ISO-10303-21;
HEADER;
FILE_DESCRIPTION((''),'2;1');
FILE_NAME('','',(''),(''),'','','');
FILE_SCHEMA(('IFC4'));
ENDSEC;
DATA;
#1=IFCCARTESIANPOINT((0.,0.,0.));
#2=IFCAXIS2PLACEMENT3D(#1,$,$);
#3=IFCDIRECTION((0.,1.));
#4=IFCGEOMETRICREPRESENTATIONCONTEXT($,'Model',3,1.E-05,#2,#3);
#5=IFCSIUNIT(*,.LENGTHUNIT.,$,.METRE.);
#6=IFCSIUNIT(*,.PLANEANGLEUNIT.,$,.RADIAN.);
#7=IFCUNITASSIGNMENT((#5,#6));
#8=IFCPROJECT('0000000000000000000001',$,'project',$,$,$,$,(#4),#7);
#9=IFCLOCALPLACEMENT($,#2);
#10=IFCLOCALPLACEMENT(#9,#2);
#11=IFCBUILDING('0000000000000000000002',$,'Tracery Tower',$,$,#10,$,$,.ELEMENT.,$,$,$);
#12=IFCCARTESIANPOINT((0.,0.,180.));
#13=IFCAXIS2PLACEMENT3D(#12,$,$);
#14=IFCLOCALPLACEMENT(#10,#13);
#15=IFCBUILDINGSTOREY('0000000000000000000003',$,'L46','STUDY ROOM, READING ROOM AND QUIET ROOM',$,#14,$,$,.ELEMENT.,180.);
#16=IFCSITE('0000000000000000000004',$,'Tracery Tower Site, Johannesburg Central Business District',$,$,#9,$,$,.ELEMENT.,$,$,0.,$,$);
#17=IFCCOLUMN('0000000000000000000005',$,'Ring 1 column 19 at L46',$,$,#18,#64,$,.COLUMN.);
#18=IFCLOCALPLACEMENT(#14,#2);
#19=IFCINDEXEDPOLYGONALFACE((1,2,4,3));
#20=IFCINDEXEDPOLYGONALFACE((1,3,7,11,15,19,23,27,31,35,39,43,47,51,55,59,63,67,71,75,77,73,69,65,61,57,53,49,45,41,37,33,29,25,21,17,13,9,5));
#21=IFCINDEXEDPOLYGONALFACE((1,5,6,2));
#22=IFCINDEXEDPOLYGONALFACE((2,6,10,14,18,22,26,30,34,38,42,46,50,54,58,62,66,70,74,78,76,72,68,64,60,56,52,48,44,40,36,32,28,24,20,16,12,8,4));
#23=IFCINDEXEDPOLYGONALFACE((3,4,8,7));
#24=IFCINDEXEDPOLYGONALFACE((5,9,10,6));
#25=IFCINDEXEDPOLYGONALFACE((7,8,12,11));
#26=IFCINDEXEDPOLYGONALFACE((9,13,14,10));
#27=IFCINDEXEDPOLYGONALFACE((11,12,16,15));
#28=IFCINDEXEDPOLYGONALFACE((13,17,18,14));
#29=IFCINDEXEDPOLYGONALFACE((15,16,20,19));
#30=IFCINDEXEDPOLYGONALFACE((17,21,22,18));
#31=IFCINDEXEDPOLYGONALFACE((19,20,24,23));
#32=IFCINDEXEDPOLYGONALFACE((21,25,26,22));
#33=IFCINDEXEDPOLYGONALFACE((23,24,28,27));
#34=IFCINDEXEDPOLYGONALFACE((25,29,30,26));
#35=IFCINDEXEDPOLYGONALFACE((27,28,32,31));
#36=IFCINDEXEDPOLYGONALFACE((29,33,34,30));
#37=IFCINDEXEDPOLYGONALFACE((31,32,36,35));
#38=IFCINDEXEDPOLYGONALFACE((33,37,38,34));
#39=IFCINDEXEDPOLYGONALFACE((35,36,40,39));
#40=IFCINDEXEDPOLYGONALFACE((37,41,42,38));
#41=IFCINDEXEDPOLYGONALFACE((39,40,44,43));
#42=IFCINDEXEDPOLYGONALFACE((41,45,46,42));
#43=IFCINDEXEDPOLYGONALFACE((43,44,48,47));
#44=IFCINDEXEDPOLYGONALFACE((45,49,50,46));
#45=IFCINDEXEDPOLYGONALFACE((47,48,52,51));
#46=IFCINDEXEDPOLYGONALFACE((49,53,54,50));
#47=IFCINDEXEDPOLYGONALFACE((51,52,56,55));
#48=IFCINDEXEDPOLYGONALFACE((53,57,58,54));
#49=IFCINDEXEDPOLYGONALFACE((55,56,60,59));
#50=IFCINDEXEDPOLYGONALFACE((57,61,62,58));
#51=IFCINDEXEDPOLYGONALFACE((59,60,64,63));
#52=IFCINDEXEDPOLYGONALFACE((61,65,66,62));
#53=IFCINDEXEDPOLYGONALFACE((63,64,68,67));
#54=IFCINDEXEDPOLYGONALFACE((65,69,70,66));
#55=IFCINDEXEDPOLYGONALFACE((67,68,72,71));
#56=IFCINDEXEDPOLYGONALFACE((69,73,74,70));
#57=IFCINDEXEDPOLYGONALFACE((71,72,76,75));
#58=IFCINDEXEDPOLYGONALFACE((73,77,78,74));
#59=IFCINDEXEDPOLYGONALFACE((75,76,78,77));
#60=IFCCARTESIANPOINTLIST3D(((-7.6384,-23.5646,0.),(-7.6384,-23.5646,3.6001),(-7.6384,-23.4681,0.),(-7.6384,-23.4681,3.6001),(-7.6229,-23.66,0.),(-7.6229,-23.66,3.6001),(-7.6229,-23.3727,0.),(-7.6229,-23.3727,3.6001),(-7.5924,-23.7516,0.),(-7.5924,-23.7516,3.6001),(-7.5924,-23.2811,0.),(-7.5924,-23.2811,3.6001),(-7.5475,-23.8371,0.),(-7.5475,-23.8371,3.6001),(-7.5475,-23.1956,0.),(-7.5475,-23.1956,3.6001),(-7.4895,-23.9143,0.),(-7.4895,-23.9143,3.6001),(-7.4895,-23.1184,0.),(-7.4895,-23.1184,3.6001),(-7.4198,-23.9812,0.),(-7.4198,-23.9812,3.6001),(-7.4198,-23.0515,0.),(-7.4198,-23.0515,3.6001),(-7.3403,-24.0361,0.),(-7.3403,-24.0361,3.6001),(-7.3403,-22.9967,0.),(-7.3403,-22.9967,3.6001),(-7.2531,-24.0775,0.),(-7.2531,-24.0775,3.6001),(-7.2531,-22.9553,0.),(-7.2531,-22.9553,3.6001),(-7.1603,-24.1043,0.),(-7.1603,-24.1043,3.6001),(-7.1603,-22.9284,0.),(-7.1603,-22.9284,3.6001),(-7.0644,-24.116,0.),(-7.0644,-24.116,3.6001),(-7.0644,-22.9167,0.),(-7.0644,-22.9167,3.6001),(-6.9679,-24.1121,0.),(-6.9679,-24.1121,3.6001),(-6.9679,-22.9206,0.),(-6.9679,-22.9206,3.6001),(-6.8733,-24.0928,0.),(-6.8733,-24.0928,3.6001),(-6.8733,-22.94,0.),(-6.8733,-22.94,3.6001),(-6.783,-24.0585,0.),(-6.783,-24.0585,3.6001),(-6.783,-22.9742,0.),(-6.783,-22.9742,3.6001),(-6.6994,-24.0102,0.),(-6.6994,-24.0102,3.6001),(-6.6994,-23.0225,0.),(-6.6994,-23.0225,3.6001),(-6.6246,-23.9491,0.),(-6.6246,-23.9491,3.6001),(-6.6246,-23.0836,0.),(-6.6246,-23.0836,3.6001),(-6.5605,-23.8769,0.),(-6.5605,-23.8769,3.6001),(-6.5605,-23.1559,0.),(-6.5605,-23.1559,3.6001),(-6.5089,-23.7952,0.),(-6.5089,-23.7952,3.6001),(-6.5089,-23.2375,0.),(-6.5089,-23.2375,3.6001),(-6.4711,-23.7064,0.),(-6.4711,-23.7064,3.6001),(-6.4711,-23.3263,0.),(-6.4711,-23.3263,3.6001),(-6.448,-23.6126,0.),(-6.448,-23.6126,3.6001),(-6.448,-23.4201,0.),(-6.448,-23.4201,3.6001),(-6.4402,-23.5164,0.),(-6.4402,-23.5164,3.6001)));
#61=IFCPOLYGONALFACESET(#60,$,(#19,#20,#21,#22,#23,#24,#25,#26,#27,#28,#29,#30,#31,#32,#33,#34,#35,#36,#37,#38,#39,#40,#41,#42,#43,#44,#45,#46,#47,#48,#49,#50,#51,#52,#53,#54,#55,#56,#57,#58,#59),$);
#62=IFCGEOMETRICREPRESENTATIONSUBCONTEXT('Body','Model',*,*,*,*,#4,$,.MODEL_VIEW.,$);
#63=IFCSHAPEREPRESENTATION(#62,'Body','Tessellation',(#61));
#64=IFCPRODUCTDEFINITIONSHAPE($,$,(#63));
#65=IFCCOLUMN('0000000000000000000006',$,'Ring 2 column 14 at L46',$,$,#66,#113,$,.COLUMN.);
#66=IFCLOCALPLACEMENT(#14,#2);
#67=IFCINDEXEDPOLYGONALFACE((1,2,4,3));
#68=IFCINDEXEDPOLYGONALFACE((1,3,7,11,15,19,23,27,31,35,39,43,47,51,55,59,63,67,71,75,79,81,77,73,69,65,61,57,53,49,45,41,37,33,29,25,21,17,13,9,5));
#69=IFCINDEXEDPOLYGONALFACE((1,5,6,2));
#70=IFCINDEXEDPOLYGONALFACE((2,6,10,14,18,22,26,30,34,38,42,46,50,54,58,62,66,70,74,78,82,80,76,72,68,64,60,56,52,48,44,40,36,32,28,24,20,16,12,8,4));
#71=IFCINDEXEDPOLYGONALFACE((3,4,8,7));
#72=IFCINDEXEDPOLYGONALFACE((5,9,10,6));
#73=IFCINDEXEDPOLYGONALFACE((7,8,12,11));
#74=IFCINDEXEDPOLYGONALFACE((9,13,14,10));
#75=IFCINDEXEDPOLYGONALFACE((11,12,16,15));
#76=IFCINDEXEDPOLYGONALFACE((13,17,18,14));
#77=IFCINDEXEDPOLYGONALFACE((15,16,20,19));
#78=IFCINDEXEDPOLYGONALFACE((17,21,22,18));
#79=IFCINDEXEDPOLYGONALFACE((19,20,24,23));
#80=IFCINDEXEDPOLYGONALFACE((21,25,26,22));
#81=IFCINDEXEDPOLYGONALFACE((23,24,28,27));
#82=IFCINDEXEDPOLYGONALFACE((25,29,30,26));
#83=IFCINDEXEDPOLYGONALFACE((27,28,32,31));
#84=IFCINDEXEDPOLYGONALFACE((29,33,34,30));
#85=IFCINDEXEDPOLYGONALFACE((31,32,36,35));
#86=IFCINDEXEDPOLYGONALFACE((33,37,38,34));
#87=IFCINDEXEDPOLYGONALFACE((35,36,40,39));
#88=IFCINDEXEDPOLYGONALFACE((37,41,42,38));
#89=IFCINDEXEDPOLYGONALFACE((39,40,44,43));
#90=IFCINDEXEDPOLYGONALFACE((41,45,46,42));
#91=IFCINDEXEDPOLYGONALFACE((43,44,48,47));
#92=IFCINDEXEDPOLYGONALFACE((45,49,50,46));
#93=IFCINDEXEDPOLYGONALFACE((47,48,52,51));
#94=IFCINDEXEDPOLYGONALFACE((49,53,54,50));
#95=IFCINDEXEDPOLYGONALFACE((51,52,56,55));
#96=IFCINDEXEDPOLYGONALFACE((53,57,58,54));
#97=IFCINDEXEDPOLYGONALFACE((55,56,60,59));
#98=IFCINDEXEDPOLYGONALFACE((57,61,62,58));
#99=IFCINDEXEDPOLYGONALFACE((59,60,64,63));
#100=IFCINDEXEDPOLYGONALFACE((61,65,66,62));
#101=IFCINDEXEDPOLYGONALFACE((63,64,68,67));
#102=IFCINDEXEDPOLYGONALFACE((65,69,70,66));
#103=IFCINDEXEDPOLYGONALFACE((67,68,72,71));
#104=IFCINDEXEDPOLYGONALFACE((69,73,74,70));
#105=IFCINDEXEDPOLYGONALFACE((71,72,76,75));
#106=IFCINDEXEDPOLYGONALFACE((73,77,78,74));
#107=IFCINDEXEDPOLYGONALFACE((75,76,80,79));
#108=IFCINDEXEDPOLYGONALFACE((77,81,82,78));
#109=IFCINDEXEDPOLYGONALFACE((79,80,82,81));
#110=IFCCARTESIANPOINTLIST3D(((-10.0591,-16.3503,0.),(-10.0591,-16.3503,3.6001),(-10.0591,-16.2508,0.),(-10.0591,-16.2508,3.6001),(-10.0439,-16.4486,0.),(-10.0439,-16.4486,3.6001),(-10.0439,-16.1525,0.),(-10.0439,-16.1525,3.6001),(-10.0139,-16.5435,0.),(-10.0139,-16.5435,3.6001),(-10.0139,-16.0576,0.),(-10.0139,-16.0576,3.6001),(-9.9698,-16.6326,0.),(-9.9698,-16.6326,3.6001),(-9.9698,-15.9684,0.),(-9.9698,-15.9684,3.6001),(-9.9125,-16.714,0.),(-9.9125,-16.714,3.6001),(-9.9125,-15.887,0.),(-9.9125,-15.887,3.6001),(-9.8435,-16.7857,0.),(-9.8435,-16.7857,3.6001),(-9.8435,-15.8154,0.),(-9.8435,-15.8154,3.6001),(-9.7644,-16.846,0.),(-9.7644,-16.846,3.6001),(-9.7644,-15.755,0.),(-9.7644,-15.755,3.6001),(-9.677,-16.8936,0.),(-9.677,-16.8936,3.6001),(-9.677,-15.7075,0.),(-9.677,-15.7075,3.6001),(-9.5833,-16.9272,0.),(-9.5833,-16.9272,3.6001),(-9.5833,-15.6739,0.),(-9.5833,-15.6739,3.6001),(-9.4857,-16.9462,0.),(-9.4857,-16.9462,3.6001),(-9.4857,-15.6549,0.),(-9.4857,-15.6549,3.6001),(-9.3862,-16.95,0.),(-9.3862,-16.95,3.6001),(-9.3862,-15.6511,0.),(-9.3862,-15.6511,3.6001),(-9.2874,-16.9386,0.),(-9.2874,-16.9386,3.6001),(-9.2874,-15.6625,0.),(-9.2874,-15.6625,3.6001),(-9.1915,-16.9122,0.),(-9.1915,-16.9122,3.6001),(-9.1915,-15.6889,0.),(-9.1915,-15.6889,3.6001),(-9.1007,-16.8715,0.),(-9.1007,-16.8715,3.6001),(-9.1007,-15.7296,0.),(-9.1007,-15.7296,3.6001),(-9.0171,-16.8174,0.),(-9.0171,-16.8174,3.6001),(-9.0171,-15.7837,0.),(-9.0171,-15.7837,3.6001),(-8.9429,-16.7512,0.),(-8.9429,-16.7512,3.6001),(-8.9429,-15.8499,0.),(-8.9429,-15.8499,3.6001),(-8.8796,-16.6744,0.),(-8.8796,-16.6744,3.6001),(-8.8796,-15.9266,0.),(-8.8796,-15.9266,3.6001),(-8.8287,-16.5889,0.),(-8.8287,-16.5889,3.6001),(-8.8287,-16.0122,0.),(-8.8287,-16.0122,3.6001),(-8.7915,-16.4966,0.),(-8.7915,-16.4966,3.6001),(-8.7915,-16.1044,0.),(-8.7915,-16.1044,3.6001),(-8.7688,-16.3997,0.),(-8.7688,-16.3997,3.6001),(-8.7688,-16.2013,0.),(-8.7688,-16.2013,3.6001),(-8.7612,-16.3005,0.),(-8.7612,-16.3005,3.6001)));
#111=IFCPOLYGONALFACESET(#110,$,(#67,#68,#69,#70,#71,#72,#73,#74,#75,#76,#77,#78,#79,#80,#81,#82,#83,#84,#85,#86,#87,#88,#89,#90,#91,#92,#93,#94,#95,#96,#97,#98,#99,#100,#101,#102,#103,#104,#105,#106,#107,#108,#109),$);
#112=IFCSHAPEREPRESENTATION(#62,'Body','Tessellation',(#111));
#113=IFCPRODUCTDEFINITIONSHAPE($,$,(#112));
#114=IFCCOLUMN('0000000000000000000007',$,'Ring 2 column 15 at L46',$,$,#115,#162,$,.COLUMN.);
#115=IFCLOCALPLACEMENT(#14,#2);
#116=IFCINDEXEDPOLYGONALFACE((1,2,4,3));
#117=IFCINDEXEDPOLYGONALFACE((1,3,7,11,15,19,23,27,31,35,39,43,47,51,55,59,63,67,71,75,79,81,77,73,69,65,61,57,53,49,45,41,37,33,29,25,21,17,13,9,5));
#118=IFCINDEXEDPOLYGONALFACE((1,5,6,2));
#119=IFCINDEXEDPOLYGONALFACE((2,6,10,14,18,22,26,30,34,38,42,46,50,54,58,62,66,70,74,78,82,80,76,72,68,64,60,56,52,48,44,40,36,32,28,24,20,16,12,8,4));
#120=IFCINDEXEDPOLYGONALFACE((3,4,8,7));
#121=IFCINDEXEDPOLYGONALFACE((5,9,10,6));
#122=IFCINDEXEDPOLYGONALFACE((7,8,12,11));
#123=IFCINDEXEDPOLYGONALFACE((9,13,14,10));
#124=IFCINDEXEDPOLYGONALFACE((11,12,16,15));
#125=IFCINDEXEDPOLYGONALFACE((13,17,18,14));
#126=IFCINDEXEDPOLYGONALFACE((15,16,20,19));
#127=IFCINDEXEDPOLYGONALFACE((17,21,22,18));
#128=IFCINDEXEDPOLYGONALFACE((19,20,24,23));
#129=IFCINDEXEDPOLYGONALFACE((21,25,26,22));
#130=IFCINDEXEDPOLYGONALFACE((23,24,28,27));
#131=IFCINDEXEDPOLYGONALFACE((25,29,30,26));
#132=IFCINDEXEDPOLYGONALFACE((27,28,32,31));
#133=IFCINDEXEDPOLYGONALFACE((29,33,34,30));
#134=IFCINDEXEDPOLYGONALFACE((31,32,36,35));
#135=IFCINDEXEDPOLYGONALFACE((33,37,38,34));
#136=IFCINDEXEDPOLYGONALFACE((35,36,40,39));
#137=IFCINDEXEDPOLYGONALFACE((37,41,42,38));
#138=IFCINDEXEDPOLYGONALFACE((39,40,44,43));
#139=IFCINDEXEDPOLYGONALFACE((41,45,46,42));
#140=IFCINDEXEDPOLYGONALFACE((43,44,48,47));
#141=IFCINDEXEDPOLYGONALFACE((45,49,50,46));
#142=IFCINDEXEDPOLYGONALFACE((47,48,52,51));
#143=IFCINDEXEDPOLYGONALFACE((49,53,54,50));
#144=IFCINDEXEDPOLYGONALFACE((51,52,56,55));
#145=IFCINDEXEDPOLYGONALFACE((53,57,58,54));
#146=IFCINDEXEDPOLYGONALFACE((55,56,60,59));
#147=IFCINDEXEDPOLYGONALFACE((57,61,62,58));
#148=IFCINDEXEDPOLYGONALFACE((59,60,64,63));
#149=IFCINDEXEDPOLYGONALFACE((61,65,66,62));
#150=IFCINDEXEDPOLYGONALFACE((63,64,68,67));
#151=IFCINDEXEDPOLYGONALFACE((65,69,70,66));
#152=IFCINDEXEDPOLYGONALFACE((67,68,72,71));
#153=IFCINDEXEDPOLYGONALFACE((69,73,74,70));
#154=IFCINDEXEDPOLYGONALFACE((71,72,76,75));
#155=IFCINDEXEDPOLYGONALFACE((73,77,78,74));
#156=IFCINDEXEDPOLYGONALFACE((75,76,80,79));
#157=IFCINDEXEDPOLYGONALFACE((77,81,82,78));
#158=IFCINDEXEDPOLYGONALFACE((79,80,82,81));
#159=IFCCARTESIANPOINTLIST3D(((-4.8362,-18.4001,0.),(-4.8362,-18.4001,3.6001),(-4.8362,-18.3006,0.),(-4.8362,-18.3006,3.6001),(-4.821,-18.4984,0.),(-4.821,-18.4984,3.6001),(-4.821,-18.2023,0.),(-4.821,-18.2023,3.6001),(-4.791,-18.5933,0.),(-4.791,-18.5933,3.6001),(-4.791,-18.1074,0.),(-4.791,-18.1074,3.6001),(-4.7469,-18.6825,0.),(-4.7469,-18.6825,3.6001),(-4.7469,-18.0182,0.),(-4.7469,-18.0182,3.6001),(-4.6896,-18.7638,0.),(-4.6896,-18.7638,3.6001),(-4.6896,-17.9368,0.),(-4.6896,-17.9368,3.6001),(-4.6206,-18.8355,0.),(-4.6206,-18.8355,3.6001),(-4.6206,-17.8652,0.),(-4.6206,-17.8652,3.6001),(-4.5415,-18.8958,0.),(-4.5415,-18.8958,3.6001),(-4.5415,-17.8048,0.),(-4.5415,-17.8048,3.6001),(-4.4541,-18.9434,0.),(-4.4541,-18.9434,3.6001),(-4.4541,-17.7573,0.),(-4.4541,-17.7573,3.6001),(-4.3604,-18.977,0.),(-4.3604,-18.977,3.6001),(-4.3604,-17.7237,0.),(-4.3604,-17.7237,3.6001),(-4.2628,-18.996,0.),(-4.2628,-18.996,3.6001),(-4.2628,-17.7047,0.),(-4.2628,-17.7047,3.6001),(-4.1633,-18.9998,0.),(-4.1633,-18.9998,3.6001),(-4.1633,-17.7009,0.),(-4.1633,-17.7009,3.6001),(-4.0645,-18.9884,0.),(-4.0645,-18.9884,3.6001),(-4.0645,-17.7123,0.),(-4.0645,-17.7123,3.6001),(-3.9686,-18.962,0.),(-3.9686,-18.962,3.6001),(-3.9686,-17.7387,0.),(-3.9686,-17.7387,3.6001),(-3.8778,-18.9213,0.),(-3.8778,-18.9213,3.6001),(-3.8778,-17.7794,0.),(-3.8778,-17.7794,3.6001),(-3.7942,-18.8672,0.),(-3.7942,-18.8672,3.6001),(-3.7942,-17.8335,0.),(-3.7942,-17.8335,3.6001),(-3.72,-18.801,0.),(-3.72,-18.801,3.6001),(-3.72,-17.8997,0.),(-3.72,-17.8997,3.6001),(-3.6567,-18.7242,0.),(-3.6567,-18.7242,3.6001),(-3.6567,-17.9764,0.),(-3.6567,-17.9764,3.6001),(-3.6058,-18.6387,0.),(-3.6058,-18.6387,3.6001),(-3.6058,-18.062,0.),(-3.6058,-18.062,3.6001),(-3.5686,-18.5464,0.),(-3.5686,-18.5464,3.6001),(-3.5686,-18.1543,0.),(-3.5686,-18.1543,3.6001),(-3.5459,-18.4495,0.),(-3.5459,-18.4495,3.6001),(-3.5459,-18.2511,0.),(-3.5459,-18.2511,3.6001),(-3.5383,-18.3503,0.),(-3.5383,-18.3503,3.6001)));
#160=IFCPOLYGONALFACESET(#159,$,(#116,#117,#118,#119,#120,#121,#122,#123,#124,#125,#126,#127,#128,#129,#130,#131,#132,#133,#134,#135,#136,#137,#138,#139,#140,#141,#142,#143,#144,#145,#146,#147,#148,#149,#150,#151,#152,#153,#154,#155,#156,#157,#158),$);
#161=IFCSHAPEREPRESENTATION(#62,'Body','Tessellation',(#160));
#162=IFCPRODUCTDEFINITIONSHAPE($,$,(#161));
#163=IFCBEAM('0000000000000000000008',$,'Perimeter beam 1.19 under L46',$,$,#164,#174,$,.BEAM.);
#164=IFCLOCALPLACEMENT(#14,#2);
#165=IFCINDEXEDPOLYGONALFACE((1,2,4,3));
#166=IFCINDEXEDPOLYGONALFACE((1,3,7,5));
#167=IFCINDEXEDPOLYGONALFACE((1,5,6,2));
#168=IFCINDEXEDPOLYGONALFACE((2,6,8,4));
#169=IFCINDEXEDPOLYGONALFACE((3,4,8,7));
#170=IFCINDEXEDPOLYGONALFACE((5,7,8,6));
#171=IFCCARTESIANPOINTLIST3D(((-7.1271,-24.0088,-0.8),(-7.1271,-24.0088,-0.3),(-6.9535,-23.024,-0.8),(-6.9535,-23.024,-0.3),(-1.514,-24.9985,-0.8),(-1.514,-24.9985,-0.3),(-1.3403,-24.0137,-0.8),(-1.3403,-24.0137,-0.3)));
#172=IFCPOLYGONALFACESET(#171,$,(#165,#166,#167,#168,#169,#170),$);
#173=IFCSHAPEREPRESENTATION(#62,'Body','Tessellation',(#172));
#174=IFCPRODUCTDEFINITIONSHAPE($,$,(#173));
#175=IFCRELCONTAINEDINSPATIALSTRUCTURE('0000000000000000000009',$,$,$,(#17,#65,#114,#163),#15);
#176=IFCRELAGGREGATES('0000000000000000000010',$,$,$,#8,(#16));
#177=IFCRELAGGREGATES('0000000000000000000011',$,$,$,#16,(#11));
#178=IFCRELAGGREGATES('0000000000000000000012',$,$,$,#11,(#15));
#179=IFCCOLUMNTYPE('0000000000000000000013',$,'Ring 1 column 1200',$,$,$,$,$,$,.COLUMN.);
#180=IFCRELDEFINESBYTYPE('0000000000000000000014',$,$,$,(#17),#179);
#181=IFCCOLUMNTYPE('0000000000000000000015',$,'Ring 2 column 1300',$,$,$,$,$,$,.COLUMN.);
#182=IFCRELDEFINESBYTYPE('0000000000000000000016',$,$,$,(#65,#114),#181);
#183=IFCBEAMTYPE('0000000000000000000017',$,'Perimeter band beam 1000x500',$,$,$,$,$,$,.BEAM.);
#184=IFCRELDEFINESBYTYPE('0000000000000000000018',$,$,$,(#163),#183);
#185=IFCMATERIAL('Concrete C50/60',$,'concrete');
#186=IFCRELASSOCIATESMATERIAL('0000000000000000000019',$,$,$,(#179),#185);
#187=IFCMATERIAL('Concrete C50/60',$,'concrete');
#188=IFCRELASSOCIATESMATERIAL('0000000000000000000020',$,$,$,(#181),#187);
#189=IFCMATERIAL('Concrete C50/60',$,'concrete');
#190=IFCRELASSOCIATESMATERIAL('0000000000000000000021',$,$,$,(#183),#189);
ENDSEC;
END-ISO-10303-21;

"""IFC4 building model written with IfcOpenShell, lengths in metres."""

from ifc_helpers import new_model, si_unit, direction, frame, origin, origin_2d, place, context, subcontext, project, spatial, rectangle, circle, extrude, material, material_profile, profile_set, type_object, element, save


model = new_model("IFC4")

# Units and contexts
model_context = context("Model", 3, precision=1e-05, world=origin(), true_north=direction((0.0, 1.0)))
body_context = subcontext(model_context, "Body", "Model", "MODEL_VIEW")
ifc_project = project(units=[si_unit("LENGTHUNIT", "METRE"), si_unit("PLANEANGLEUNIT", "RADIAN")], contexts=[model_context])

# Site, building, storey
site_placement = place(None, origin())
site = spatial("IfcSite", under=ifc_project, at=site_placement, Name="Tracery Tower Site, Johannesburg Central Business District", CompositionType="ELEMENT", RefElevation=0.0)
building_placement = place(site_placement, origin())
building = spatial("IfcBuilding", under=site, at=building_placement, Name="Tracery Tower", CompositionType="ELEMENT")
storey_placement = place(building_placement, frame((0.0, 0.0, 180.0)))
storey = spatial("IfcBuildingStorey", under=building, at=storey_placement, Name="L46", Description="STUDY ROOM, READING ROOM AND QUIET ROOM", CompositionType="ELEMENT", Elevation=180.0)

# Columns
ifc_material_1 = material(Name="Concrete C50/60", Category="concrete")
ifc_material_profile_1 = material_profile(ifc_material_1, circle(Radius=0.6001, at=origin_2d()), Name="RC D1200")
ifc_profile_set_1 = profile_set([ifc_material_profile_1], Name="Concrete C50/60")
column_type_1 = type_object("IfcColumnType", Name="Ring 1 column 1200", PredefinedType="COLUMN", material=ifc_profile_set_1)
column_placement = place(storey_placement, frame((-7.0403, -23.5164, 0.0), z_axis=(0.0, 0.0, 1.0), x_axis=(1.0, 0.0, 0.0)))
element("IfcColumn", 1, at=column_placement, inside=storey, type_object=column_type_1, Name="Ring 1 column 19 at L46", PredefinedType="COLUMN", context=body_context, shape_type="SweptSolid", body=[
    extrude(circle(Radius=0.6001, at=origin_2d()), origin(), (0.0, 0.0, 1.0), 3.6001),
])
ifc_material_2 = material(Name="Concrete C50/60", Category="concrete")
ifc_material_profile_2 = material_profile(ifc_material_2, circle(Radius=0.6499, at=origin_2d()), Name="RC D1300")
ifc_profile_set_2 = profile_set([ifc_material_profile_2], Name="Concrete C50/60")
column_type_2 = type_object("IfcColumnType", Name="Ring 2 column 1300", PredefinedType="COLUMN", material=ifc_profile_set_2)
for number, where, z_axis, x_axis, name in (
    (2, (-9.4111, -16.3005, 0.0), (0.0, 0.0, 1.0), (1.0, 0.0, 0.0), "Ring 2 column 14 at L46"),
    (3, (-4.1882, -18.3503, 0.0), (0.0, 0.0, 1.0), (1.0, 0.0, 0.0), "Ring 2 column 15 at L46"),
):
    element("IfcColumn", number, at=place(storey_placement, frame(where, z_axis=z_axis, x_axis=x_axis)), inside=storey, type_object=column_type_2, Name=name, PredefinedType="COLUMN", context=body_context, shape_type="SweptSolid", body=[
        extrude(circle(Radius=0.6499, at=origin_2d()), origin(), (0.0, 0.0, 1.0), 3.6001),
    ])

# Beam
ifc_material_3 = material(Name="Concrete C50/60", Category="concrete")
ifc_material_profile_3 = material_profile(ifc_material_3, rectangle(XDim=1.0, YDim=0.5, at=origin_2d()), Name="RC 1000x500")
ifc_profile_set_3 = profile_set([ifc_material_profile_3], Name="Concrete C50/60")
beam_type = type_object("IfcBeamType", Name="Perimeter band beam 1000x500", PredefinedType="BEAM", material=ifc_profile_set_3)
beam_placement = place(storey_placement, frame((-7.0403, -23.5164, -0.55), z_axis=(0.984807, -0.173651, 0.0), x_axis=(0.173651, 0.984807, 0.0)))
element("IfcBeam", 4, at=beam_placement, inside=storey, type_object=beam_type, Name="Perimeter beam 1.19 under L46", PredefinedType="BEAM", context=body_context, shape_type="SweptSolid", body=[
    extrude(rectangle(XDim=1.0, YDim=0.5, at=origin_2d()), origin(), (0.0, 0.0, 1.0), 5.6997),
])

save(model, "model.ifc")
